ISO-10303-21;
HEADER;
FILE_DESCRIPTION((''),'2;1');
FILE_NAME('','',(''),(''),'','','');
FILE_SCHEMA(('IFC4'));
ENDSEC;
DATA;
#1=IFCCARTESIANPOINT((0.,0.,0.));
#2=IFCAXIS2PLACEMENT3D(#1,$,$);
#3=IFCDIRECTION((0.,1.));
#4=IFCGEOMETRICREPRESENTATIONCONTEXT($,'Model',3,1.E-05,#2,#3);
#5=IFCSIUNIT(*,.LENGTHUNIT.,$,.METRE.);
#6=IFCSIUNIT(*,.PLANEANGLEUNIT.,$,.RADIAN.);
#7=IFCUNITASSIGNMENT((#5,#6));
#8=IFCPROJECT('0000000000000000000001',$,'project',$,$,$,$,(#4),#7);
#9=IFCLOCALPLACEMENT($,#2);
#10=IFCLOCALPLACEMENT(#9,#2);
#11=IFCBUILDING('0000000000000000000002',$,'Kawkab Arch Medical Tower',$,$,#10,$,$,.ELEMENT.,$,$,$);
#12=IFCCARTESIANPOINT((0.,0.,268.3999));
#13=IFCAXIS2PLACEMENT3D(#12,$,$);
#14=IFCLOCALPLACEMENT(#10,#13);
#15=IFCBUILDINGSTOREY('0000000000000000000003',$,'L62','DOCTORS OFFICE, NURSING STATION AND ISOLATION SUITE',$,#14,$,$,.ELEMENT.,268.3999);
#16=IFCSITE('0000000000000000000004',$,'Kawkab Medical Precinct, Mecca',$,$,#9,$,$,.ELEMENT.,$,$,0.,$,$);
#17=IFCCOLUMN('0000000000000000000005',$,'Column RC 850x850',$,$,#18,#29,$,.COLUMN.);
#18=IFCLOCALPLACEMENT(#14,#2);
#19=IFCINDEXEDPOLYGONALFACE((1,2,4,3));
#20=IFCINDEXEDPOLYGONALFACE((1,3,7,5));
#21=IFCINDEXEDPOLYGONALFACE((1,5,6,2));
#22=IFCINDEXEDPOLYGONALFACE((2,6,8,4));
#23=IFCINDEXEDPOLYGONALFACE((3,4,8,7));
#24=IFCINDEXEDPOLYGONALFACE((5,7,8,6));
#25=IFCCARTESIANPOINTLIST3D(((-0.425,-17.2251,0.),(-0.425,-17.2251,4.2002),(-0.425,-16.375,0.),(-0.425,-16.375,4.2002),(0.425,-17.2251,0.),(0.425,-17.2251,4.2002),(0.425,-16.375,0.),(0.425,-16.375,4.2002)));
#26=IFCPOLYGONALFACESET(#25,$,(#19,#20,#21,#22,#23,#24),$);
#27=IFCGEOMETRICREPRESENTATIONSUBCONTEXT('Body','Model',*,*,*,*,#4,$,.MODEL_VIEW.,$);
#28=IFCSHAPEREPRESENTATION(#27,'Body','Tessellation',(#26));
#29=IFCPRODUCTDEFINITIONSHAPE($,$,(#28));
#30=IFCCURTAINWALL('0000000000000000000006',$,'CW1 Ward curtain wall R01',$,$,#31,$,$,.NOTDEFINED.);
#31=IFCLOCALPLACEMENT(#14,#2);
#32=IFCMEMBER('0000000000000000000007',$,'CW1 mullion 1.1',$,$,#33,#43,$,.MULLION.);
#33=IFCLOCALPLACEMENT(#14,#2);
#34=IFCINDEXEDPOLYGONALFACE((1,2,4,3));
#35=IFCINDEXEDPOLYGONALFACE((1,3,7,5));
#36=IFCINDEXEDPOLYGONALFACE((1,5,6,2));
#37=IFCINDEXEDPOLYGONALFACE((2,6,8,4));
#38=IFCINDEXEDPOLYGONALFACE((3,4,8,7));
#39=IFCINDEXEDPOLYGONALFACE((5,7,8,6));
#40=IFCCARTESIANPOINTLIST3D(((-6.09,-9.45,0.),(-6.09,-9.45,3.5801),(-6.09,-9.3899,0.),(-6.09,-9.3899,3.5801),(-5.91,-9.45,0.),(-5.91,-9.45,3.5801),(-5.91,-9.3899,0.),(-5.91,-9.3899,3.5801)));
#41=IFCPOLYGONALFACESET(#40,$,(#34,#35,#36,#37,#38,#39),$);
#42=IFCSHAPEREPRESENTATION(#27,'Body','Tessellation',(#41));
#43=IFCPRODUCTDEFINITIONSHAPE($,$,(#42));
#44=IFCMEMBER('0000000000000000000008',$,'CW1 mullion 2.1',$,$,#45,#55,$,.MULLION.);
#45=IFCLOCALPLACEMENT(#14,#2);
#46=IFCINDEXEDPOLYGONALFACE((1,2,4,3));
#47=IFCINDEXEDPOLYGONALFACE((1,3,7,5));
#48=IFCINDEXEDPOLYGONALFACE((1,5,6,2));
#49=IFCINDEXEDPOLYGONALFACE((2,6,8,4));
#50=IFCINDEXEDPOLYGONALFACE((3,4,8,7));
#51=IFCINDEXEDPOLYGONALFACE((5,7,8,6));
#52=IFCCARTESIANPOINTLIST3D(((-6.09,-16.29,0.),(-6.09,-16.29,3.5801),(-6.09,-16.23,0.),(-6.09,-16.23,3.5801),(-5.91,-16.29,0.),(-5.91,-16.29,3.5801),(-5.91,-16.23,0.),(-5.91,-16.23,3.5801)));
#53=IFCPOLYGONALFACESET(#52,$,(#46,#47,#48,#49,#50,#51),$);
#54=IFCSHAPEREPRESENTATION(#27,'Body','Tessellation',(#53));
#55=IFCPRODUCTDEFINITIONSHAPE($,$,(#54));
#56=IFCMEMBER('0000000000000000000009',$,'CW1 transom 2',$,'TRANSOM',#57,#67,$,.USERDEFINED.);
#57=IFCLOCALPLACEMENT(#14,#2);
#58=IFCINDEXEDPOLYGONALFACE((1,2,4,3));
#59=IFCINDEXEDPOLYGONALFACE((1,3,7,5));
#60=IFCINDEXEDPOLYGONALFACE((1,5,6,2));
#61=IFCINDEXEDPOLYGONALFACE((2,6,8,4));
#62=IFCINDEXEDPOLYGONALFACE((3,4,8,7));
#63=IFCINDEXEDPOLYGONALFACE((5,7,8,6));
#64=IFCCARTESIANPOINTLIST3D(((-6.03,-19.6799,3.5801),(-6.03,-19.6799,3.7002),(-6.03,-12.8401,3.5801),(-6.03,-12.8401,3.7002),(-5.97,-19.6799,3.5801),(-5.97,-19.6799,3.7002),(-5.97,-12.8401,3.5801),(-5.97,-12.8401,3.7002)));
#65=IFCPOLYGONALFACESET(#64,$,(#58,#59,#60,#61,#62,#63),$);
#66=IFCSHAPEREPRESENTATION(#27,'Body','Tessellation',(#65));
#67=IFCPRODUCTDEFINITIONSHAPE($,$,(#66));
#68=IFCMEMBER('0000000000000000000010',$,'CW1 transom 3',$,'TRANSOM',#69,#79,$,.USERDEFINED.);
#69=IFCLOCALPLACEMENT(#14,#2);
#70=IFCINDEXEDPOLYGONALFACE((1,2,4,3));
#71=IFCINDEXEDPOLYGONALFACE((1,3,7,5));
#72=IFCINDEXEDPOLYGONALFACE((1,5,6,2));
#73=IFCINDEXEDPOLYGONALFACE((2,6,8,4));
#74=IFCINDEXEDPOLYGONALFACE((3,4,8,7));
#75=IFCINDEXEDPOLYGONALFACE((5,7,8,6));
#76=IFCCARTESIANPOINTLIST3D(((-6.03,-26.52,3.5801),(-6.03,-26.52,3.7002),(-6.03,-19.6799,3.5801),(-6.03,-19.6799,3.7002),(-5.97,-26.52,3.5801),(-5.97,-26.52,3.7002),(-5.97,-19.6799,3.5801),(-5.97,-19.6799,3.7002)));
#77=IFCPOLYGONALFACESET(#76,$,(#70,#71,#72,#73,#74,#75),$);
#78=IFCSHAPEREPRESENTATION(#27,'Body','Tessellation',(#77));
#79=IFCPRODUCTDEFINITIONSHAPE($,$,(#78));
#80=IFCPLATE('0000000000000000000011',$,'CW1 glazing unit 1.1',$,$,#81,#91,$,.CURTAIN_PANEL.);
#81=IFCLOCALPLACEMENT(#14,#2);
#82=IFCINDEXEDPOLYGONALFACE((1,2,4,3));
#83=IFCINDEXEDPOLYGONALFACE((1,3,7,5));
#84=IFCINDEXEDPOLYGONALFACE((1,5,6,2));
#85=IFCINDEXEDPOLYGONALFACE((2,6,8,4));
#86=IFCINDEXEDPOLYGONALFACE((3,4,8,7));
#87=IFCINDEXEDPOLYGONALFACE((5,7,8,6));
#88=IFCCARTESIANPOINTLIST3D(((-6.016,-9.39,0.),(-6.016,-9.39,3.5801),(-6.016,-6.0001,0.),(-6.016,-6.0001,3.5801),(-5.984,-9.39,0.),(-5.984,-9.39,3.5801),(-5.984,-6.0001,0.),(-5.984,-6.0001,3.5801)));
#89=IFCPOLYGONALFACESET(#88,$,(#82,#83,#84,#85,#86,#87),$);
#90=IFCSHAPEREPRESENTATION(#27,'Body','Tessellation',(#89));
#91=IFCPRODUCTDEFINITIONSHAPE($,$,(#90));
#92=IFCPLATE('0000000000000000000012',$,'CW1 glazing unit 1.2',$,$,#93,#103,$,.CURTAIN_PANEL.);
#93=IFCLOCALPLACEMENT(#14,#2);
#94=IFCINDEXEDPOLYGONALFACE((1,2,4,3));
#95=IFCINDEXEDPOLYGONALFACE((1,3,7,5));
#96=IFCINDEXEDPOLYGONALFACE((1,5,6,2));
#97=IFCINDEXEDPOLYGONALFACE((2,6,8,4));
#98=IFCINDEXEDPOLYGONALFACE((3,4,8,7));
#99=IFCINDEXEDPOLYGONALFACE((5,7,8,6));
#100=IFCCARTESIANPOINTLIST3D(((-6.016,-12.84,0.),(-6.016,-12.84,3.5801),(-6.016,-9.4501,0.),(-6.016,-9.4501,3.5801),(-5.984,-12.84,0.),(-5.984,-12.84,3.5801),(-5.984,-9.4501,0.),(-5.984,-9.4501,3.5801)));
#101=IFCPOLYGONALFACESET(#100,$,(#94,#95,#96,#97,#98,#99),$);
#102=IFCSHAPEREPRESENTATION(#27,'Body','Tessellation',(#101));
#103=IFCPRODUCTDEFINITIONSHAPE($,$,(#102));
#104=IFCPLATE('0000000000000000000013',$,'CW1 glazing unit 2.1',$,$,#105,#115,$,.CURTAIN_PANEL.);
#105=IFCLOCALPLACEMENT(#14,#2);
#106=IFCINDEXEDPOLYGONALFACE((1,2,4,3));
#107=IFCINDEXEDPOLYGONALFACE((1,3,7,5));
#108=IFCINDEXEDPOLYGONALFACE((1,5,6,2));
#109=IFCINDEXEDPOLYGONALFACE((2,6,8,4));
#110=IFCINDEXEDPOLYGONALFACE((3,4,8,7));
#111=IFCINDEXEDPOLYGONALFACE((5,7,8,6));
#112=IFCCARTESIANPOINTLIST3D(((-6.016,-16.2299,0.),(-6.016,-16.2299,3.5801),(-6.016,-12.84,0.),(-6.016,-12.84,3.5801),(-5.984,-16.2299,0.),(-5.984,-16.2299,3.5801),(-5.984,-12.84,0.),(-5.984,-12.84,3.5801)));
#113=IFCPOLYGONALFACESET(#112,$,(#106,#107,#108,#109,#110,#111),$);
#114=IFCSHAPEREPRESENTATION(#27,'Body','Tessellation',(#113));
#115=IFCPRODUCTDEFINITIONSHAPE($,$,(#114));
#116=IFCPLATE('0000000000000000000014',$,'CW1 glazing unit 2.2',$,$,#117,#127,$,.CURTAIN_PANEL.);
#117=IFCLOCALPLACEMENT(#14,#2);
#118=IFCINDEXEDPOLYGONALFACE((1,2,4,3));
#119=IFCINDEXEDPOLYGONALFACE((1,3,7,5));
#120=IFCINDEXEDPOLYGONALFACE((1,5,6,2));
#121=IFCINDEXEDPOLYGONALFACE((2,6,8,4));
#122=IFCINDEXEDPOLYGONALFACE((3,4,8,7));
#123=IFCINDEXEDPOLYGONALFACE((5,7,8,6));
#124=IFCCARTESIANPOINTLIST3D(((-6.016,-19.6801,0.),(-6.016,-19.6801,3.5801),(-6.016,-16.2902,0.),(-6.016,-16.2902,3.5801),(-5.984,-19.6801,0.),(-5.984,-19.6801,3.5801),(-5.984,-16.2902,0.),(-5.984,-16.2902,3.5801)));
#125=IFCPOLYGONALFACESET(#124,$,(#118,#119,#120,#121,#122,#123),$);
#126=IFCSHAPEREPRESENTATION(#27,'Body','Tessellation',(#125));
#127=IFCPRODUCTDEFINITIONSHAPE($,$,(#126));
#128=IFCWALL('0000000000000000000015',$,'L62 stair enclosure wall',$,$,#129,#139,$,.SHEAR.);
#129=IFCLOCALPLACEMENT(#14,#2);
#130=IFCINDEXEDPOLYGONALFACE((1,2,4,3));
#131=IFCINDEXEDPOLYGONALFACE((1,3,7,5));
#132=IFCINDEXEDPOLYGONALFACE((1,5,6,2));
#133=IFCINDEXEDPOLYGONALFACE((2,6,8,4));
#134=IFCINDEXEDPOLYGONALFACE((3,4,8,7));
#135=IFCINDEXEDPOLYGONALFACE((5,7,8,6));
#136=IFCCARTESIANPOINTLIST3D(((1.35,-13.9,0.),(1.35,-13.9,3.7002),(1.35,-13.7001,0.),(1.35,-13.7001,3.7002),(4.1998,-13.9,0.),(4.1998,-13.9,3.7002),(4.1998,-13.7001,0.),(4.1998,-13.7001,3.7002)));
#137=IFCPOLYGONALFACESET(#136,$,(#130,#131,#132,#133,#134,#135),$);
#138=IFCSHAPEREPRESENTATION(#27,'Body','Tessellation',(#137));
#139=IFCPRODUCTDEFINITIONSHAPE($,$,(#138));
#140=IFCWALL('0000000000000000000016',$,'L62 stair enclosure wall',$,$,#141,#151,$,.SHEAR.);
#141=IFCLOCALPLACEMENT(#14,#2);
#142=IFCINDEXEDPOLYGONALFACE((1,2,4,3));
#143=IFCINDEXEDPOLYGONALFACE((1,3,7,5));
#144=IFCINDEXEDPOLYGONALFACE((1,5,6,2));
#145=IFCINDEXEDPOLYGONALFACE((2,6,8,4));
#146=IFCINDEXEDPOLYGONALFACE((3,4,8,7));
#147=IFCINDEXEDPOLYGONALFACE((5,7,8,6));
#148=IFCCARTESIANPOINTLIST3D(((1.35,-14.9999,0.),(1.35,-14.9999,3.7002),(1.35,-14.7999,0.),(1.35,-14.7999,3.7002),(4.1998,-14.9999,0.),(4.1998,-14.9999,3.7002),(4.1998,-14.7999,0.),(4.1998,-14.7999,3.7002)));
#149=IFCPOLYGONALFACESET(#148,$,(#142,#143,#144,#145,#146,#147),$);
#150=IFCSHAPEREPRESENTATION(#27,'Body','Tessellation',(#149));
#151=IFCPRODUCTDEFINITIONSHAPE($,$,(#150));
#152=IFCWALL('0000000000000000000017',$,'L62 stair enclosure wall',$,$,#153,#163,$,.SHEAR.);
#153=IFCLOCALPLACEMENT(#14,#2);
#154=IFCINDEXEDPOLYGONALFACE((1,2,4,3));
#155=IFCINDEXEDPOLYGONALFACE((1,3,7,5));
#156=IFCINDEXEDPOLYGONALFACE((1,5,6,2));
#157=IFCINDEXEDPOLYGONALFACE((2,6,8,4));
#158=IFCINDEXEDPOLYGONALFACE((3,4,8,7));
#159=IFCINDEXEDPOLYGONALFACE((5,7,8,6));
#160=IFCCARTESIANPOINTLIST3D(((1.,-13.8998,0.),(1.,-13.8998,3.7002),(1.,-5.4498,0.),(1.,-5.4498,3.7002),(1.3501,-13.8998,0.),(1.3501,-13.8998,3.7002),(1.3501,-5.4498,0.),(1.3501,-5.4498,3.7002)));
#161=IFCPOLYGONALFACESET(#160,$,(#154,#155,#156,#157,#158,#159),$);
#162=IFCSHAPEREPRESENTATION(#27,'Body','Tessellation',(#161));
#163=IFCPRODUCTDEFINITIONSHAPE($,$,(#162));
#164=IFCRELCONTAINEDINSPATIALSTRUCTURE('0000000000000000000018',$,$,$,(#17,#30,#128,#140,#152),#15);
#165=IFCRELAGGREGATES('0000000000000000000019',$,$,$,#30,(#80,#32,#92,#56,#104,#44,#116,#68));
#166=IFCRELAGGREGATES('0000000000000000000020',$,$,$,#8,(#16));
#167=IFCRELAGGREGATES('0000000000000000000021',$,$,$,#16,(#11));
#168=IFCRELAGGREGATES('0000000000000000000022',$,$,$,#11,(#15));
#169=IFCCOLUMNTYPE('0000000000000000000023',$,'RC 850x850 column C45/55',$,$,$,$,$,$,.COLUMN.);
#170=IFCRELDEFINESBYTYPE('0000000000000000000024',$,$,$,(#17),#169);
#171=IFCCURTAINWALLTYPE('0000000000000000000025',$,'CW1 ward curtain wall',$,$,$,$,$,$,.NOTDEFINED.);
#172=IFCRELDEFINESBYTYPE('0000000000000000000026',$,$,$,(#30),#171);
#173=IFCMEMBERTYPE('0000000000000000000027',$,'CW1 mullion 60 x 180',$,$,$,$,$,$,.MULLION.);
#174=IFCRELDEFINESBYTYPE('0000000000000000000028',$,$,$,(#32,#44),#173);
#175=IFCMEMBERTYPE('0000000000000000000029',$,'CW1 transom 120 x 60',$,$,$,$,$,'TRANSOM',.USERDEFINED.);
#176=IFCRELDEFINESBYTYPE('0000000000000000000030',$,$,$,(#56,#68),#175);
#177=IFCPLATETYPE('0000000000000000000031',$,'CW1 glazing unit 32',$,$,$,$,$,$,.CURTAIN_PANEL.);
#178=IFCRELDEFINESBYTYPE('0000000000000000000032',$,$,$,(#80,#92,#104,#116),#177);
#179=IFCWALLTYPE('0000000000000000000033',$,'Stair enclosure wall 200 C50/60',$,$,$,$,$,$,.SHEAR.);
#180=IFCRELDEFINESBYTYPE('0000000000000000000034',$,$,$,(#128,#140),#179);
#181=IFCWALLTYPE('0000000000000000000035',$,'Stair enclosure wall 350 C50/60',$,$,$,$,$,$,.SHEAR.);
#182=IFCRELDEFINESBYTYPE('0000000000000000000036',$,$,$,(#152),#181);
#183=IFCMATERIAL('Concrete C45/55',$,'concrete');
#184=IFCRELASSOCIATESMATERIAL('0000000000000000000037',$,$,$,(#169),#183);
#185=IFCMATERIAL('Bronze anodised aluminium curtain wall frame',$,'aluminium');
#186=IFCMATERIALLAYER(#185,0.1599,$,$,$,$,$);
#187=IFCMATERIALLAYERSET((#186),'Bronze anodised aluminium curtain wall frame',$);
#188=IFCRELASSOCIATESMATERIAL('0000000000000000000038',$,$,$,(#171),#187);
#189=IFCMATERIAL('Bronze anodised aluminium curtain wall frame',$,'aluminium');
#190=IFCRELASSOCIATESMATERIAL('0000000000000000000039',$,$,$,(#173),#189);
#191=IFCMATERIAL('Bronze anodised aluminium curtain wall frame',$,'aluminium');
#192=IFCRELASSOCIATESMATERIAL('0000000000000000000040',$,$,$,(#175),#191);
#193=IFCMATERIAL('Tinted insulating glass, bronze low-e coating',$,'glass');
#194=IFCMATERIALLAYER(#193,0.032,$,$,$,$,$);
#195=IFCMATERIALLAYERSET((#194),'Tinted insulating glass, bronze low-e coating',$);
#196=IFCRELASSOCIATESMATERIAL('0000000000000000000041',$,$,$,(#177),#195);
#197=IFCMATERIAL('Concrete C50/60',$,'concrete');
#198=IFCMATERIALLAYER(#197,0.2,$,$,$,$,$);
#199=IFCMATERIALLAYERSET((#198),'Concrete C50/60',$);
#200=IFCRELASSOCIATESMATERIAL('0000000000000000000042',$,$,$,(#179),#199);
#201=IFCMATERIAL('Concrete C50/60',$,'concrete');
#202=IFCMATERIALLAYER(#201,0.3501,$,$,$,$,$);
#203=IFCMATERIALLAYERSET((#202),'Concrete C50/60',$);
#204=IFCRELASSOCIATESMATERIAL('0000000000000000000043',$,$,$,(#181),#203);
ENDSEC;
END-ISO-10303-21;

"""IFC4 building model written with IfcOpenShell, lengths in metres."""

from ifc_helpers import new_model, si_unit, direction, frame, frame_2d, origin, origin_2d, place, context, subcontext, project, spatial, rectangle, extrude, material, layer, layer_set, material_profile, profile_set, type_object, element, aggregate, save


model = new_model("IFC4")

# Units and contexts
model_context = context("Model", 3, precision=1e-05, world=origin(), true_north=direction((0.0, 1.0)))
body_context = subcontext(model_context, "Body", "Model", "MODEL_VIEW")
ifc_project = project(units=[si_unit("LENGTHUNIT", "METRE"), si_unit("PLANEANGLEUNIT", "RADIAN")], contexts=[model_context])

# Site, building, storey
site_placement = place(None, origin())
site = spatial("IfcSite", under=ifc_project, at=site_placement, Name="Kawkab Medical Precinct, Mecca", CompositionType="ELEMENT", RefElevation=0.0)
building_placement = place(site_placement, origin())
building = spatial("IfcBuilding", under=site, at=building_placement, Name="Kawkab Arch Medical Tower", CompositionType="ELEMENT")
storey_placement = place(building_placement, frame((0.0, 0.0, 268.3999)))
storey = spatial("IfcBuildingStorey", under=building, at=storey_placement, Name="L62", Description="DOCTORS OFFICE, NURSING STATION AND ISOLATION SUITE", CompositionType="ELEMENT", Elevation=268.3999)

# Column
ifc_material_1 = material(Name="Concrete C45/55", Category="concrete")
ifc_material_profile_1 = material_profile(ifc_material_1, rectangle(XDim=0.8501, YDim=0.8501, at=origin_2d()), Name="RC 850x850")
ifc_profile_set_1 = profile_set([ifc_material_profile_1], Name="Concrete C45/55")
column_type = type_object("IfcColumnType", Name="RC 850x850 column C45/55", PredefinedType="COLUMN", material=ifc_profile_set_1)
column_placement = place(storey_placement, frame((0.0, -16.8, 0.0), z_axis=(0.0, 0.0, 1.0), x_axis=(1.0, 0.0, 0.0)))
element("IfcColumn", 1, at=column_placement, inside=storey, type_object=column_type, Name="Column RC 850x850", PredefinedType="COLUMN", context=body_context, shape_type="SweptSolid", body=[
    extrude(rectangle(XDim=0.8501, YDim=0.8501, at=origin_2d()), origin(), (0.0, 0.0, 1.0), 4.2002),
])

# Curtain wall, members, plates
ifc_material_2 = material(Name="Bronze anodised aluminium curtain wall frame", Category="aluminium")
ifc_layer_1 = layer(ifc_material_2, 0.1599)
ifc_layer_set_1 = layer_set([ifc_layer_1], Name="Bronze anodised aluminium curtain wall frame")
curtain_wall_type = type_object("IfcCurtainWallType", Name="CW1 ward curtain wall", PredefinedType="NOTDEFINED", material=ifc_layer_set_1)
placement = place(storey_placement, origin())
curtain_wall = element("IfcCurtainWall", 2, at=placement, inside=storey, type_object=curtain_wall_type, Name="CW1 Ward curtain wall R01", PredefinedType="NOTDEFINED")
ifc_material_3 = material(Name="Bronze anodised aluminium curtain wall frame", Category="aluminium")
ifc_material_profile_2 = material_profile(ifc_material_3, rectangle(XDim=0.1799, YDim=0.0601, at=origin_2d()), Name="AL 60x180")
ifc_profile_set_2 = profile_set([ifc_material_profile_2], Name="Bronze anodised aluminium curtain wall frame")
member_type_1 = type_object("IfcMemberType", Name="CW1 mullion 60 x 180", PredefinedType="MULLION", material=ifc_profile_set_2)
member_1_placement = place(storey_placement, frame((-6.0, -9.4199, 0.0), z_axis=(0.0, 0.0, 1.0), x_axis=(1.0, 0.0, 0.0)))
member_1 = element("IfcMember", 3, at=member_1_placement, type_object=member_type_1, Name="CW1 mullion 1.1", PredefinedType="MULLION", context=body_context, shape_type="SweptSolid", body=[
    extrude(rectangle(XDim=0.1799, YDim=0.0601, at=origin_2d()), origin(), (0.0, 0.0, 1.0), 3.5801),
])
member_2_placement = place(storey_placement, frame((-6.0, -16.26, 0.0), z_axis=(0.0, 0.0, 1.0), x_axis=(1.0, 0.0, 0.0)))
member_2 = element("IfcMember", 4, at=member_2_placement, type_object=member_type_1, Name="CW1 mullion 2.1", PredefinedType="MULLION", context=body_context, shape_type="SweptSolid", body=[
    extrude(rectangle(XDim=0.1799, YDim=0.0601, at=origin_2d()), origin(), (0.0, 0.0, 1.0), 3.5801),
])
ifc_material_4 = material(Name="Bronze anodised aluminium curtain wall frame", Category="aluminium")
ifc_material_profile_3 = material_profile(ifc_material_4, rectangle(XDim=0.0601, YDim=0.1201, at=origin_2d()), Name="AL 60x120")
ifc_profile_set_3 = profile_set([ifc_material_profile_3], Name="Bronze anodised aluminium curtain wall frame")
member_type_2 = type_object("IfcMemberType", Name="CW1 transom 120 x 60", ElementType="TRANSOM", PredefinedType="USERDEFINED", material=ifc_profile_set_3)
member_3_placement = place(storey_placement, frame((-6.0, -12.8401, 3.6401), z_axis=(0.0, -1.0, 0.0), x_axis=(1.0, 0.0, 0.0)))
member_3 = element("IfcMember", 5, at=member_3_placement, type_object=member_type_2, Name="CW1 transom 2", ObjectType="TRANSOM", PredefinedType="USERDEFINED", context=body_context, shape_type="SweptSolid", body=[
    extrude(rectangle(XDim=0.0601, YDim=0.1201, at=origin_2d()), origin(), (0.0, 0.0, 1.0), 6.8398),
])
member_4_placement = place(storey_placement, frame((-6.0, -19.6799, 3.6401), z_axis=(0.0, -1.0, 0.0), x_axis=(1.0, 0.0, 0.0)))
member_4 = element("IfcMember", 6, at=member_4_placement, type_object=member_type_2, Name="CW1 transom 3", ObjectType="TRANSOM", PredefinedType="USERDEFINED", context=body_context, shape_type="SweptSolid", body=[
    extrude(rectangle(XDim=0.0601, YDim=0.1201, at=origin_2d()), origin(), (0.0, 0.0, 1.0), 6.8401),
])
ifc_material_5 = material(Name="Tinted insulating glass, bronze low-e coating", Category="glass")
ifc_layer_2 = layer(ifc_material_5, 0.032)
ifc_layer_set_2 = layer_set([ifc_layer_2], Name="Tinted insulating glass, bronze low-e coating")
plate_type = type_object("IfcPlateType", Name="CW1 glazing unit 32", PredefinedType="CURTAIN_PANEL", material=ifc_layer_set_2)
plate_1_placement = place(storey_placement, frame((-6.0, -7.6951, 0.0), z_axis=(0.0, 0.0, 1.0), x_axis=(0.0, -1.0, 0.0)))
plate_1 = element("IfcPlate", 7, at=plate_1_placement, type_object=plate_type, Name="CW1 glazing unit 1.1", PredefinedType="CURTAIN_PANEL", context=body_context, shape_type="SweptSolid", body=[
    extrude(rectangle(XDim=3.3899, YDim=0.032, at=origin_2d()), origin(), (0.0, 0.0, 1.0), 3.5801),
])
plate_2_placement = place(storey_placement, frame((-6.0, -11.145, 0.0), z_axis=(0.0, 0.0, 1.0), x_axis=(0.0, -1.0, 0.0)))
plate_2 = element("IfcPlate", 8, at=plate_2_placement, type_object=plate_type, Name="CW1 glazing unit 1.2", PredefinedType="CURTAIN_PANEL", context=body_context, shape_type="SweptSolid", body=[
    extrude(rectangle(XDim=3.3899, YDim=0.032, at=origin_2d()), origin(), (0.0, 0.0, 1.0), 3.5801),
])
plate_3_placement = place(storey_placement, frame((-6.0, -14.5349, 0.0), z_axis=(0.0, 0.0, 1.0), x_axis=(0.0, -1.0, 0.0)))
plate_3 = element("IfcPlate", 9, at=plate_3_placement, type_object=plate_type, Name="CW1 glazing unit 2.1", PredefinedType="CURTAIN_PANEL", context=body_context, shape_type="SweptSolid", body=[
    extrude(rectangle(XDim=3.3899, YDim=0.032, at=origin_2d()), origin(), (0.0, 0.0, 1.0), 3.5801),
])
plate_4_placement = place(storey_placement, frame((-6.0, -17.9851, 0.0), z_axis=(0.0, 0.0, 1.0), x_axis=(0.0, -1.0, 0.0)))
plate_4 = element("IfcPlate", 10, at=plate_4_placement, type_object=plate_type, Name="CW1 glazing unit 2.2", PredefinedType="CURTAIN_PANEL", context=body_context, shape_type="SweptSolid", body=[
    extrude(rectangle(XDim=3.3899, YDim=0.032, at=origin_2d()), origin(), (0.0, 0.0, 1.0), 3.5801),
])
aggregate(curtain_wall, [plate_1, member_1, plate_2, member_3, plate_3, member_2, plate_4, member_4])

# Walls
ifc_material_6 = material(Name="Concrete C50/60", Category="concrete")
ifc_layer_3 = layer(ifc_material_6, 0.2)
ifc_layer_set_3 = layer_set([ifc_layer_3], Name="Concrete C50/60")
wall_type_1 = type_object("IfcWallType", Name="Stair enclosure wall 200 C50/60", PredefinedType="SHEAR", material=ifc_layer_set_3)
for number, where, z_axis, x_axis, name in (
    (11, (1.3501, -13.8, 0.0), (0.0, 0.0, 1.0), (1.0, 0.0, 0.0), "L62 stair enclosure wall"),
    (12, (1.3501, -14.8999, 0.0), (0.0, 0.0, 1.0), (1.0, 0.0, 0.0), "L62 stair enclosure wall"),
):
    element("IfcWall", number, at=place(storey_placement, frame(where, z_axis=z_axis, x_axis=x_axis)), inside=storey, type_object=wall_type_1, Name=name, PredefinedType="SHEAR", context=body_context, shape_type="SweptSolid", body=[
        extrude(rectangle(XDim=2.8499, YDim=0.2, at=frame_2d((1.4248, 0.0))), origin(), (0.0, 0.0, 1.0), 3.7002),
    ])
ifc_material_7 = material(Name="Concrete C50/60", Category="concrete")
ifc_layer_4 = layer(ifc_material_7, 0.3501)
ifc_layer_set_4 = layer_set([ifc_layer_4], Name="Concrete C50/60")
wall_type_2 = type_object("IfcWallType", Name="Stair enclosure wall 350 C50/60", PredefinedType="SHEAR", material=ifc_layer_set_4)
wall_placement = place(storey_placement, frame((1.175, -13.8999, 0.0), z_axis=(0.0, 0.0, 1.0), x_axis=(0.0, 1.0, 0.0)))
element("IfcWall", 13, at=wall_placement, inside=storey, type_object=wall_type_2, Name="L62 stair enclosure wall", PredefinedType="SHEAR", context=body_context, shape_type="SweptSolid", body=[
    extrude(rectangle(XDim=8.45, YDim=0.3501, at=frame_2d((4.2251, 0.0))), origin(), (0.0, 0.0, 1.0), 3.7002),
])

save(model, "model.ifc")
